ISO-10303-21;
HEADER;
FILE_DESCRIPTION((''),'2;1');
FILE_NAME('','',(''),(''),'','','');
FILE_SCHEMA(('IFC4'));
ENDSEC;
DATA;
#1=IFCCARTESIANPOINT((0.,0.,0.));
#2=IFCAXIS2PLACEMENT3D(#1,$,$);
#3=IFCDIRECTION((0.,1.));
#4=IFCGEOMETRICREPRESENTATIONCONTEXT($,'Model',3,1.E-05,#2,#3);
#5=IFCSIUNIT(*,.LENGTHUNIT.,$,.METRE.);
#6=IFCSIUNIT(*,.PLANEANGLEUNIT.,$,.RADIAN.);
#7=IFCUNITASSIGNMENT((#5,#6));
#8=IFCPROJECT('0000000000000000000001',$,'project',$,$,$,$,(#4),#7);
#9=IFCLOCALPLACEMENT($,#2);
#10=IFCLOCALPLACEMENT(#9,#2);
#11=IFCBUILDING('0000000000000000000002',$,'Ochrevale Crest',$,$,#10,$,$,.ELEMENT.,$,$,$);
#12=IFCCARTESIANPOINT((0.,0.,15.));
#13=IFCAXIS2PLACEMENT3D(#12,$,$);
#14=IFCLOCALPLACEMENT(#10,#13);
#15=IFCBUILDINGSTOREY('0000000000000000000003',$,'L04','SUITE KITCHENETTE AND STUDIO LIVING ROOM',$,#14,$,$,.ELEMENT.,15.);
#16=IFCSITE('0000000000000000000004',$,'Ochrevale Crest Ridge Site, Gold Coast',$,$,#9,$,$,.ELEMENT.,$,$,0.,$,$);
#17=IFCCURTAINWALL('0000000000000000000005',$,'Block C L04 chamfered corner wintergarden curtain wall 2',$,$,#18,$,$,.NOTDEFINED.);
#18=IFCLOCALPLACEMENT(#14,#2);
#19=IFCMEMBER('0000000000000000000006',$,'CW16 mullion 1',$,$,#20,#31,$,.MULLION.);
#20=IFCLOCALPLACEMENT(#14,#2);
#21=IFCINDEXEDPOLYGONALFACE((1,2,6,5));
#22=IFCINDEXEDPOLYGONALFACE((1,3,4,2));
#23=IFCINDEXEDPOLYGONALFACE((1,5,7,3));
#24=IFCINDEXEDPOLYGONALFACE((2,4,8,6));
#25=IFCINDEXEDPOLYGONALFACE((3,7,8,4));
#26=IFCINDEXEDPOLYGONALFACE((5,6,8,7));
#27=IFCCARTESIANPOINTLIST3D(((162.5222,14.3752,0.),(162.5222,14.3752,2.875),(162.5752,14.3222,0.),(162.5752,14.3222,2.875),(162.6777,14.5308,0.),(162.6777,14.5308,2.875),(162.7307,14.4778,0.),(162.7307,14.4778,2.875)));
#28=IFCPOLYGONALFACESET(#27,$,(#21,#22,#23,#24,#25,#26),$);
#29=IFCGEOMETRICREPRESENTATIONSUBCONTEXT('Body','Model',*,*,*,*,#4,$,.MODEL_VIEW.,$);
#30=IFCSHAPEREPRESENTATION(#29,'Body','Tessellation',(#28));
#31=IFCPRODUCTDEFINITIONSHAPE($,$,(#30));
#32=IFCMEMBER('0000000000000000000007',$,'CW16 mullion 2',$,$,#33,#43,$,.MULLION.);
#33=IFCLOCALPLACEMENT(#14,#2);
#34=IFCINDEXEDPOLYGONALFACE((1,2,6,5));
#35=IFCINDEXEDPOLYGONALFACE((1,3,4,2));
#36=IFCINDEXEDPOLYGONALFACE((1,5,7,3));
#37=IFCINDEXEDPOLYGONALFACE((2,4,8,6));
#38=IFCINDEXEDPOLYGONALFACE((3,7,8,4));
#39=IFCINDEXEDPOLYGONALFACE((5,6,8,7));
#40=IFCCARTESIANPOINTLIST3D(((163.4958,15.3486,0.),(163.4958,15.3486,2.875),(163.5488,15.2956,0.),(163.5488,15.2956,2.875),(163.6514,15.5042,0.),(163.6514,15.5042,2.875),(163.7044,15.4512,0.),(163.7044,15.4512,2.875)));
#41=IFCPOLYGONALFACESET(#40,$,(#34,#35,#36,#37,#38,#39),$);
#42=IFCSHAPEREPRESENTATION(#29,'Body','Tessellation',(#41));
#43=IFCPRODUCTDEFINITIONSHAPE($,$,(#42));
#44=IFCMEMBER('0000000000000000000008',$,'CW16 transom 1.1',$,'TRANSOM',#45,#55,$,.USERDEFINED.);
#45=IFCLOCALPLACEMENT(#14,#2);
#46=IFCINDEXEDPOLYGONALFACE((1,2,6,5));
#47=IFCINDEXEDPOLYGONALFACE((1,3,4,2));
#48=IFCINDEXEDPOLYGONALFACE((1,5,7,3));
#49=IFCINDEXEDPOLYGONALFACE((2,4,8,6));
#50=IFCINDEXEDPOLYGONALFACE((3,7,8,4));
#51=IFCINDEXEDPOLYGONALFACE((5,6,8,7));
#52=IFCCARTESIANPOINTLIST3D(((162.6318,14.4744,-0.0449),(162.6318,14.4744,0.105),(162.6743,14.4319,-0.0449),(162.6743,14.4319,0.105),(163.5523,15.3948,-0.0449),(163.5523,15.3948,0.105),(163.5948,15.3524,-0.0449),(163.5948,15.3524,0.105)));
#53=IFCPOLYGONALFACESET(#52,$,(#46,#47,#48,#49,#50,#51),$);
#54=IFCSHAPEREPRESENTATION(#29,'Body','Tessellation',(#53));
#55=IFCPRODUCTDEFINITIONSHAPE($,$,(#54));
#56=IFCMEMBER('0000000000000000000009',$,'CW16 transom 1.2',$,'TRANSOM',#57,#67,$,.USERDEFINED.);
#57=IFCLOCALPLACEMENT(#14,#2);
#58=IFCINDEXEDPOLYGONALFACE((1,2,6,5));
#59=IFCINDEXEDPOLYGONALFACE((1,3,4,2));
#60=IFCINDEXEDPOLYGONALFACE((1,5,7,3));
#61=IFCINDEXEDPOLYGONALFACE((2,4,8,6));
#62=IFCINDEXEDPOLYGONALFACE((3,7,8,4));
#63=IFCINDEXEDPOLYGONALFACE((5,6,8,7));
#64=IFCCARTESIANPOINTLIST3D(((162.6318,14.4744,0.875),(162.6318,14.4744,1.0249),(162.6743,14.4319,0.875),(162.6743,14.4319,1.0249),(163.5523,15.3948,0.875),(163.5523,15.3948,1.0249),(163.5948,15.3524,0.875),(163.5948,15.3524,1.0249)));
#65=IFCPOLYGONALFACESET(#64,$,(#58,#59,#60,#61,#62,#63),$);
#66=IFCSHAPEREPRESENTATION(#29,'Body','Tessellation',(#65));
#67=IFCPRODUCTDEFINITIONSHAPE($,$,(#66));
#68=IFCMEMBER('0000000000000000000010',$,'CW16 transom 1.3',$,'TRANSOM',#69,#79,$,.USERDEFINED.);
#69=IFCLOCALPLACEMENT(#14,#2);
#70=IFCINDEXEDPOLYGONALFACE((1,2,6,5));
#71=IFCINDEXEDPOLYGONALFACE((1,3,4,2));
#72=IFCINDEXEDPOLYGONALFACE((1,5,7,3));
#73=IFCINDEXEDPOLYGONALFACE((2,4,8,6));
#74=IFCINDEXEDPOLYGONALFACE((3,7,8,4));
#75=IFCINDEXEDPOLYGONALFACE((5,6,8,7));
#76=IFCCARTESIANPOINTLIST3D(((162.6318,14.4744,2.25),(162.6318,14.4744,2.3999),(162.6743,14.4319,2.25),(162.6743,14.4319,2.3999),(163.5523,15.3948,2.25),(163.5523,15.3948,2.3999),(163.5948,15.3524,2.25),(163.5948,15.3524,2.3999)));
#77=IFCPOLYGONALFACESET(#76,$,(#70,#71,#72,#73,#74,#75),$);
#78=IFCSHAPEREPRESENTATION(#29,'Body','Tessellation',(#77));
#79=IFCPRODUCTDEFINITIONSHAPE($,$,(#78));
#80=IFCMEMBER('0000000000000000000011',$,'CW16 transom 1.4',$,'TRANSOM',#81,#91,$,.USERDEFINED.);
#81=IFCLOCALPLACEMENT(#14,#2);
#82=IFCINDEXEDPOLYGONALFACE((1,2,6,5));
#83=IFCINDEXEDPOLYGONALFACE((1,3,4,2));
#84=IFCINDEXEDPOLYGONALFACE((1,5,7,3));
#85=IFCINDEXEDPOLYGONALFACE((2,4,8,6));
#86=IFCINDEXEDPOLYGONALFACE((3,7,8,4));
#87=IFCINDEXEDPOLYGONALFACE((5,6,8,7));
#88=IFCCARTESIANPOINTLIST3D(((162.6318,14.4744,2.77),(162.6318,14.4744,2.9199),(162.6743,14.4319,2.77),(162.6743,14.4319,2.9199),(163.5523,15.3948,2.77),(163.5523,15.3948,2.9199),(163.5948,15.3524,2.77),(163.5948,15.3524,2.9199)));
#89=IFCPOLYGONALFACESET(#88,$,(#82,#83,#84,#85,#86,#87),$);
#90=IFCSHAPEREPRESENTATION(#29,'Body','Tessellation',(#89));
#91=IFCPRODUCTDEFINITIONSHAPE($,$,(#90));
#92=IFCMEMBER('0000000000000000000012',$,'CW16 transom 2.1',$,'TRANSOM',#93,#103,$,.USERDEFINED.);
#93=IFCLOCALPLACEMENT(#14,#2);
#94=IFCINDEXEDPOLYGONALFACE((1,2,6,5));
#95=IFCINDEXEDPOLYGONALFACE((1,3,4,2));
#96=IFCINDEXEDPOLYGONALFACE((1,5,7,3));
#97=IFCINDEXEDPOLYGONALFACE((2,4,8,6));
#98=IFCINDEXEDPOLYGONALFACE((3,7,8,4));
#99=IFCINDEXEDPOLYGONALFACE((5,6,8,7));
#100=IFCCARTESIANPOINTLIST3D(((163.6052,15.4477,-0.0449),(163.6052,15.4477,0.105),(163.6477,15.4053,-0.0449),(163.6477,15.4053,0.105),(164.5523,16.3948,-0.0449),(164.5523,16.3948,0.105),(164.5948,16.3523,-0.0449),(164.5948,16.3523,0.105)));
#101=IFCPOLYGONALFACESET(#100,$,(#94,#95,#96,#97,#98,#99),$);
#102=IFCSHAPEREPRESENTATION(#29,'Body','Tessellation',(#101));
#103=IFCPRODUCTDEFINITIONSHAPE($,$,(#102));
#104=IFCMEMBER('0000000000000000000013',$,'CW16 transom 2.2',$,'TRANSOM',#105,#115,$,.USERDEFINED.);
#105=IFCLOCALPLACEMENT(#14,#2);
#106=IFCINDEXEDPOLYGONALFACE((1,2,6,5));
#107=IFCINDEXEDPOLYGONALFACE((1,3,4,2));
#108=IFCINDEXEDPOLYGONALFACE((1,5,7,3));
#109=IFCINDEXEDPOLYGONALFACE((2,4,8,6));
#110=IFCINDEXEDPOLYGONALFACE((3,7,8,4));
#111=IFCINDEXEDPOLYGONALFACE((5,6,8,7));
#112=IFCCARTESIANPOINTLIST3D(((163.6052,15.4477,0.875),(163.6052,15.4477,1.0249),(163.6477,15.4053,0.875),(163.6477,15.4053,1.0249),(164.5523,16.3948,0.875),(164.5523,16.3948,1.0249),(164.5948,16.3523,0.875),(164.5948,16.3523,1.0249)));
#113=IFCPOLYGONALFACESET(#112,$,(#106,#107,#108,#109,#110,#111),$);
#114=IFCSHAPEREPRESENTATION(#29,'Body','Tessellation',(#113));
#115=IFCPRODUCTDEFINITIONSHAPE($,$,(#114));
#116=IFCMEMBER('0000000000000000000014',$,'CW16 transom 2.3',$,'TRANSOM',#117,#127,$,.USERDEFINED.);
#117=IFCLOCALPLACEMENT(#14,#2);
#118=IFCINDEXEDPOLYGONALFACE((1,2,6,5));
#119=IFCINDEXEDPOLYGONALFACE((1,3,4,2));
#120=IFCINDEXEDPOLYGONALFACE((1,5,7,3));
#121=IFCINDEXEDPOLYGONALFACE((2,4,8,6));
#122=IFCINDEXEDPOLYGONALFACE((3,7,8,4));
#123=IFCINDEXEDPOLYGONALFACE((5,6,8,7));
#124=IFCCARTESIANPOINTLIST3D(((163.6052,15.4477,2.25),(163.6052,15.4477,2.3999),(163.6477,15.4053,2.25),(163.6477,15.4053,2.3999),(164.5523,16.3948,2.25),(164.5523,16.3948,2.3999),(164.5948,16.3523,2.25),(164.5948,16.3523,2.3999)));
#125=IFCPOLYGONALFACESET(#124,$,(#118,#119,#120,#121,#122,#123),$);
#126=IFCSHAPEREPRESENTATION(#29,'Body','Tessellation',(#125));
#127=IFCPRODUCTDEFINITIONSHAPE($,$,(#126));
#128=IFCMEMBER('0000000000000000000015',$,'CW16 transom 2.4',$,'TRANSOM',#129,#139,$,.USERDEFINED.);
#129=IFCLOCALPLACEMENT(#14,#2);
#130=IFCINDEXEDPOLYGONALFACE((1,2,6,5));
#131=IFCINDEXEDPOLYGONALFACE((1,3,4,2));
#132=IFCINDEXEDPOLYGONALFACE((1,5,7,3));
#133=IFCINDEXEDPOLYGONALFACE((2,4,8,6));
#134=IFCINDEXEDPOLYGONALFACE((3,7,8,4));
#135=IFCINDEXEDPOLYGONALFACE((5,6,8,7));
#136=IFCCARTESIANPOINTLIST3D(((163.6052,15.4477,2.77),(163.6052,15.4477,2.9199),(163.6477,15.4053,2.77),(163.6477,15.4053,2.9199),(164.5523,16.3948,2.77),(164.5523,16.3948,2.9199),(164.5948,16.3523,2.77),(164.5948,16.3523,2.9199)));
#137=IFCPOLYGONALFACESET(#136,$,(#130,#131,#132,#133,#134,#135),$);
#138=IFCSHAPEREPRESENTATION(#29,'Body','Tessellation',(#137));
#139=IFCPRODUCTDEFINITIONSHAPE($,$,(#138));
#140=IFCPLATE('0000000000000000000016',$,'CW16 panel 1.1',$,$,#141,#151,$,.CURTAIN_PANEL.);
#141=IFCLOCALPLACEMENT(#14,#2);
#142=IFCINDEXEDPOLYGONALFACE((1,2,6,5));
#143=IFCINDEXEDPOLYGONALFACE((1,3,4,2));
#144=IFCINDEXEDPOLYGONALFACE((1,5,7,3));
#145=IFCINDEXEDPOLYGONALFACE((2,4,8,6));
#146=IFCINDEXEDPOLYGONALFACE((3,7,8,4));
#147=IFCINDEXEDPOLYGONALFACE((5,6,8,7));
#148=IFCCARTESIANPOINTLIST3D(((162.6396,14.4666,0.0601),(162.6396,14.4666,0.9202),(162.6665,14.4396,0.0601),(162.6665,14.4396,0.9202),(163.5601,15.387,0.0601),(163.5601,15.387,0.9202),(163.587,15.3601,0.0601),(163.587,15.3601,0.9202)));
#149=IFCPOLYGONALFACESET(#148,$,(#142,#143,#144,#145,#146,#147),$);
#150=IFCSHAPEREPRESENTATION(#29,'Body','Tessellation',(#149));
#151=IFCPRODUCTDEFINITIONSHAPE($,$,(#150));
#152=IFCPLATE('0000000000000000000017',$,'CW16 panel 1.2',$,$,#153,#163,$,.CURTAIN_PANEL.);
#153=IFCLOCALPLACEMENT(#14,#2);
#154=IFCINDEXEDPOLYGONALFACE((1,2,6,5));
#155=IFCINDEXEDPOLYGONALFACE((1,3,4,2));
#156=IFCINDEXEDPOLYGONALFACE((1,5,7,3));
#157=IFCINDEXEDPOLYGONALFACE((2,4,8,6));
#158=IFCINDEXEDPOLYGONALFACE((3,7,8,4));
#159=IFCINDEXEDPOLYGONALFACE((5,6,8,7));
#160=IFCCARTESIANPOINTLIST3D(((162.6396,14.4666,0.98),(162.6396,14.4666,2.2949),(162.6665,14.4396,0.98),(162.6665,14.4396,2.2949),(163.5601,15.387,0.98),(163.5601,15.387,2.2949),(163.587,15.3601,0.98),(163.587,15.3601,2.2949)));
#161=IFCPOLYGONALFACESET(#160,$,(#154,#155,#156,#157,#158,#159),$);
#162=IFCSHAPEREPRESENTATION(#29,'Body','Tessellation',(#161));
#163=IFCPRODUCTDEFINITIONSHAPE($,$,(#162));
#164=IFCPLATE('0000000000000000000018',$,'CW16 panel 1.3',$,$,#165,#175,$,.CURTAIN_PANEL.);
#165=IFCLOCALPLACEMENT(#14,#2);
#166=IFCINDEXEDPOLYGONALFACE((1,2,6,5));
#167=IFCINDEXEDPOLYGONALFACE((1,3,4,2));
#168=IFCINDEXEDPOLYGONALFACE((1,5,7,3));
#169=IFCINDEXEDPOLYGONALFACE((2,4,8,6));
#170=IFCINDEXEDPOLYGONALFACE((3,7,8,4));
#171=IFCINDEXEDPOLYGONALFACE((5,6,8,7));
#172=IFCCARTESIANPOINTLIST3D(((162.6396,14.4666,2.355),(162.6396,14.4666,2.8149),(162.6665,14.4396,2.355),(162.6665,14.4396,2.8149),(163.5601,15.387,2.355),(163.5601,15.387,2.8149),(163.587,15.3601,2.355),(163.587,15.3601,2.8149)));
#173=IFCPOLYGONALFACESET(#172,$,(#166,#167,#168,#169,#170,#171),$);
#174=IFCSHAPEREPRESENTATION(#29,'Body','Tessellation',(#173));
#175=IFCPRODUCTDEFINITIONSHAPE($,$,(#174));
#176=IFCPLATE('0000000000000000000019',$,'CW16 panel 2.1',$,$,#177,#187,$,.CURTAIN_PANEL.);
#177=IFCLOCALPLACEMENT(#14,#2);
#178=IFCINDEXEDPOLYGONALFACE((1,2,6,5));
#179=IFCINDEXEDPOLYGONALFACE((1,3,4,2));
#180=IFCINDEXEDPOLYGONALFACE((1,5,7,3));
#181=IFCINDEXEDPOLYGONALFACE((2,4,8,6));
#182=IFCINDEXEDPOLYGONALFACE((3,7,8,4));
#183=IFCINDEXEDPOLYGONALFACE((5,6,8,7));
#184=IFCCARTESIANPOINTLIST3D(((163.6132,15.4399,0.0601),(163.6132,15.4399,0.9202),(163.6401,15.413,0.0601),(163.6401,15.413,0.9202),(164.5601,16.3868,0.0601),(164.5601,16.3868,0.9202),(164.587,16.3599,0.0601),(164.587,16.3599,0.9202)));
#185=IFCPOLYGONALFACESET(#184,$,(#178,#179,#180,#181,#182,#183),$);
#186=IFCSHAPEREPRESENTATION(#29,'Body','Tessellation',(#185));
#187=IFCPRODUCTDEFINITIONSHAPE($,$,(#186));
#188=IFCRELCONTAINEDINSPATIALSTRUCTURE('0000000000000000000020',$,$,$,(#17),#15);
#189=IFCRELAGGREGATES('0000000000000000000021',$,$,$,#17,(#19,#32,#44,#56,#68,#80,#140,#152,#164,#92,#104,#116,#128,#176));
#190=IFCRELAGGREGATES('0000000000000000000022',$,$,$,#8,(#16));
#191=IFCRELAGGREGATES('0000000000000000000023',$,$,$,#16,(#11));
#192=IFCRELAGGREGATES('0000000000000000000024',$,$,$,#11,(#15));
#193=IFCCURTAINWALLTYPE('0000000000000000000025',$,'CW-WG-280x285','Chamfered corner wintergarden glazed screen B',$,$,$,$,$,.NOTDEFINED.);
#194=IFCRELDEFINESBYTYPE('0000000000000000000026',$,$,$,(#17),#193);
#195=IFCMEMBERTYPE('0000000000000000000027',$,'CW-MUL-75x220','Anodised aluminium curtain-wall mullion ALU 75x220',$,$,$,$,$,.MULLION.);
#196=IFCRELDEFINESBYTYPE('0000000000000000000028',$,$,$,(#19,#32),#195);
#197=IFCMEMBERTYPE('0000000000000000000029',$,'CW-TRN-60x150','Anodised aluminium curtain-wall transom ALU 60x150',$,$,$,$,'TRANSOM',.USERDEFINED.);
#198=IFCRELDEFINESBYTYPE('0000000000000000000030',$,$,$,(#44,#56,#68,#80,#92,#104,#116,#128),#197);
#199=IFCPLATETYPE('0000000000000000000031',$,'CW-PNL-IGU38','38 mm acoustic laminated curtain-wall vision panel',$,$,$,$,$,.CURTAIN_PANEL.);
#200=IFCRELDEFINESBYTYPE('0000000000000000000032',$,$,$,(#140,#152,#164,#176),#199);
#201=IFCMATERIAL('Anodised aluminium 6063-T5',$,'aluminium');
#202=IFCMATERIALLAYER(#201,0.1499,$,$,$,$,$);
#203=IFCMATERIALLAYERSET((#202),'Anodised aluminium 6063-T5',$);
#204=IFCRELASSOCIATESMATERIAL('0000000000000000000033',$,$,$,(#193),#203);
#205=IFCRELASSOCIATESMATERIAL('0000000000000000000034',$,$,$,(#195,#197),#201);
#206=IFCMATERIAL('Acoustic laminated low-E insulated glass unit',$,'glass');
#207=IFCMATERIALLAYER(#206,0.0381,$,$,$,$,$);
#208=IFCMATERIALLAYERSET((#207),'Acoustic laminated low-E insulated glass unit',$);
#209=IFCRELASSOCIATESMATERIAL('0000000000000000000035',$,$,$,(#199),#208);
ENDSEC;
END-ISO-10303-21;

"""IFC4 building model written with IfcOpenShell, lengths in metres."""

from ifc_helpers import new_model, si_unit, direction, frame, origin, origin_2d, place, context, subcontext, project, spatial, rectangle, extrude, material, layer, layer_set, material_profile, profile_set, type_object, element, aggregate, save


model = new_model("IFC4")

# Units and contexts
model_context = context("Model", 3, precision=1e-05, world=origin(), true_north=direction((0.0, 1.0)))
body_context = subcontext(model_context, "Body", "Model", "MODEL_VIEW")
ifc_project = project(units=[si_unit("LENGTHUNIT", "METRE"), si_unit("PLANEANGLEUNIT", "RADIAN")], contexts=[model_context])

# Site, building, storey
site_placement = place(None, origin())
site = spatial("IfcSite", under=ifc_project, at=site_placement, Name="Ochrevale Crest Ridge Site, Gold Coast", CompositionType="ELEMENT", RefElevation=0.0)
building_placement = place(site_placement, origin())
building = spatial("IfcBuilding", under=site, at=building_placement, Name="Ochrevale Crest", CompositionType="ELEMENT")
storey_placement = place(building_placement, frame((0.0, 0.0, 15.0)))
storey = spatial("IfcBuildingStorey", under=building, at=storey_placement, Name="L04", Description="SUITE KITCHENETTE AND STUDIO LIVING ROOM", CompositionType="ELEMENT", Elevation=15.0)

# Curtain wall, members, plates
ifc_material_1 = material(Name="Anodised aluminium 6063-T5", Category="aluminium")
ifc_layer_1 = layer(ifc_material_1, 0.1499)
ifc_layer_set_1 = layer_set([ifc_layer_1], Name="Anodised aluminium 6063-T5")
curtain_wall_type = type_object("IfcCurtainWallType", Name="CW-WG-280x285", Description="Chamfered corner wintergarden glazed screen B", PredefinedType="NOTDEFINED", material=ifc_layer_set_1)
curtain_wall_placement = place(storey_placement, origin())
curtain_wall = element("IfcCurtainWall", 1, at=curtain_wall_placement, inside=storey, type_object=curtain_wall_type, Name="Block C L04 chamfered corner wintergarden curtain wall 2", PredefinedType="NOTDEFINED")
ifc_material_profile_1 = material_profile(ifc_material_1, rectangle(XDim=0.075, YDim=0.22, at=origin_2d()), Name="ALU 75x220")
ifc_profile_set_1 = profile_set([ifc_material_profile_1], Name="Anodised aluminium 6063-T5")
member_type_1 = type_object("IfcMemberType", Name="CW-MUL-75x220", Description="Anodised aluminium curtain-wall mullion ALU 75x220", PredefinedType="MULLION", material=ifc_profile_set_1)
member_1_placement = place(storey_placement, frame((162.6265, 14.4265, 0.0), z_axis=(0.0, 0.0, 1.0), x_axis=(-0.707107, 0.707107, 0.0)))
member_1 = element("IfcMember", 2, at=member_1_placement, type_object=member_type_1, Name="CW16 mullion 1", PredefinedType="MULLION", context=body_context, shape_type="SweptSolid", body=[
    extrude(rectangle(XDim=0.075, YDim=0.22, at=origin_2d()), origin(), (0.0, 0.0, 1.0), 2.875),
])
member_2_placement = place(storey_placement, frame((163.6001, 15.3999, 0.0), z_axis=(0.0, 0.0, 1.0), x_axis=(-0.707107, 0.707107, 0.0)))
member_2 = element("IfcMember", 3, at=member_2_placement, type_object=member_type_1, Name="CW16 mullion 2", PredefinedType="MULLION", context=body_context, shape_type="SweptSolid", body=[
    extrude(rectangle(XDim=0.075, YDim=0.22, at=origin_2d()), origin(), (0.0, 0.0, 1.0), 2.875),
])
ifc_material_profile_2 = material_profile(ifc_material_1, rectangle(XDim=0.0601, YDim=0.1499, at=origin_2d()), Name="ALU 60x150")
ifc_profile_set_2 = profile_set([ifc_material_profile_2], Name="Anodised aluminium 6063-T5")
member_type_2 = type_object("IfcMemberType", Name="CW-TRN-60x150", Description="Anodised aluminium curtain-wall transom ALU 60x150", ElementType="TRANSOM", PredefinedType="USERDEFINED", material=ifc_profile_set_2)
member_3_placement = place(storey_placement, frame((162.6531, 14.4531, 0.03), z_axis=(0.707107, 0.707107, 0.0), x_axis=(-0.707107, 0.707107, 0.0)))
member_3 = element("IfcMember", 4, at=member_3_placement, type_object=member_type_2, Name="CW16 transom 1.1", ObjectType="TRANSOM", PredefinedType="USERDEFINED", context=body_context, shape_type="SweptSolid", body=[
    extrude(rectangle(XDim=0.0601, YDim=0.1499, at=origin_2d()), origin(), (0.0, 0.0, 1.0), 1.3018),
])
member_4_placement = place(storey_placement, frame((162.6531, 14.4531, 0.95), z_axis=(0.707107, 0.707107, 0.0), x_axis=(-0.707107, 0.707107, 0.0)))
member_4 = element("IfcMember", 5, at=member_4_placement, type_object=member_type_2, Name="CW16 transom 1.2", ObjectType="TRANSOM", PredefinedType="USERDEFINED", context=body_context, shape_type="SweptSolid", body=[
    extrude(rectangle(XDim=0.0601, YDim=0.1499, at=origin_2d()), origin(), (0.0, 0.0, 1.0), 1.3018),
])
member_5_placement = place(storey_placement, frame((162.6531, 14.4531, 2.325), z_axis=(0.707107, 0.707107, 0.0), x_axis=(-0.707107, 0.707107, 0.0)))
member_5 = element("IfcMember", 6, at=member_5_placement, type_object=member_type_2, Name="CW16 transom 1.3", ObjectType="TRANSOM", PredefinedType="USERDEFINED", context=body_context, shape_type="SweptSolid", body=[
    extrude(rectangle(XDim=0.0601, YDim=0.1499, at=origin_2d()), origin(), (0.0, 0.0, 1.0), 1.3018),
])
member_6_placement = place(storey_placement, frame((162.6531, 14.4531, 2.845), z_axis=(0.707107, 0.707107, 0.0), x_axis=(-0.707107, 0.707107, 0.0)))
member_6 = element("IfcMember", 7, at=member_6_placement, type_object=member_type_2, Name="CW16 transom 1.4", ObjectType="TRANSOM", PredefinedType="USERDEFINED", context=body_context, shape_type="SweptSolid", body=[
    extrude(rectangle(XDim=0.0601, YDim=0.1499, at=origin_2d()), origin(), (0.0, 0.0, 1.0), 1.3018),
])
member_7_placement = place(storey_placement, frame((163.6265, 15.4265, 0.03), z_axis=(0.707107, 0.707107, 0.0), x_axis=(-0.707107, 0.707107, 0.0)))
member_7 = element("IfcMember", 8, at=member_7_placement, type_object=member_type_2, Name="CW16 transom 2.1", ObjectType="TRANSOM", PredefinedType="USERDEFINED", context=body_context, shape_type="SweptSolid", body=[
    extrude(rectangle(XDim=0.0601, YDim=0.1499, at=origin_2d()), origin(), (0.0, 0.0, 1.0), 1.3394),
])
member_8_placement = place(storey_placement, frame((163.6265, 15.4265, 0.95), z_axis=(0.707107, 0.707107, 0.0), x_axis=(-0.707107, 0.707107, 0.0)))
member_8 = element("IfcMember", 9, at=member_8_placement, type_object=member_type_2, Name="CW16 transom 2.2", ObjectType="TRANSOM", PredefinedType="USERDEFINED", context=body_context, shape_type="SweptSolid", body=[
    extrude(rectangle(XDim=0.0601, YDim=0.1499, at=origin_2d()), origin(), (0.0, 0.0, 1.0), 1.3394),
])
member_9_placement = place(storey_placement, frame((163.6265, 15.4265, 2.325), z_axis=(0.707107, 0.707107, 0.0), x_axis=(-0.707107, 0.707107, 0.0)))
member_9 = element("IfcMember", 10, at=member_9_placement, type_object=member_type_2, Name="CW16 transom 2.3", ObjectType="TRANSOM", PredefinedType="USERDEFINED", context=body_context, shape_type="SweptSolid", body=[
    extrude(rectangle(XDim=0.0601, YDim=0.1499, at=origin_2d()), origin(), (0.0, 0.0, 1.0), 1.3394),
])
member_10_placement = place(storey_placement, frame((163.6265, 15.4265, 2.845), z_axis=(0.707107, 0.707107, 0.0), x_axis=(-0.707107, 0.707107, 0.0)))
member_10 = element("IfcMember", 11, at=member_10_placement, type_object=member_type_2, Name="CW16 transom 2.4", ObjectType="TRANSOM", PredefinedType="USERDEFINED", context=body_context, shape_type="SweptSolid", body=[
    extrude(rectangle(XDim=0.0601, YDim=0.1499, at=origin_2d()), origin(), (0.0, 0.0, 1.0), 1.3394),
])
ifc_material_2 = material(Name="Acoustic laminated low-E insulated glass unit", Category="glass")
ifc_layer_2 = layer(ifc_material_2, 0.0381)
ifc_layer_set_2 = layer_set([ifc_layer_2], Name="Acoustic laminated low-E insulated glass unit")
plate_type_1 = type_object("IfcPlateType", Name="CW-PNL-IGU38", Description="38 mm acoustic laminated curtain-wall vision panel", PredefinedType="CURTAIN_PANEL", material=ifc_layer_set_2)
plate_1_placement = place(storey_placement, frame((163.1133, 14.9133, 0.0601), z_axis=(0.0, 0.0, 1.0), x_axis=(0.707107, 0.707107, 0.0)))
plate_1 = element("IfcPlate", 12, at=plate_1_placement, type_object=plate_type_1, Name="CW16 panel 1.1", PredefinedType="CURTAIN_PANEL", context=body_context, shape_type="SweptSolid", body=[
    extrude(rectangle(XDim=1.3018, YDim=0.0381, at=origin_2d()), origin(), (0.0, 0.0, 1.0), 0.8601),
])
plate_2_placement = place(storey_placement, frame((163.1133, 14.9133, 0.98), z_axis=(0.0, 0.0, 1.0), x_axis=(0.707107, 0.707107, 0.0)))
plate_2 = element("IfcPlate", 13, at=plate_2_placement, type_object=plate_type_1, Name="CW16 panel 1.2", PredefinedType="CURTAIN_PANEL", context=body_context, shape_type="SweptSolid", body=[
    extrude(rectangle(XDim=1.3018, YDim=0.0381, at=origin_2d()), origin(), (0.0, 0.0, 1.0), 1.3149),
])
plate_3_placement = place(storey_placement, frame((163.1133, 14.9133, 2.355), z_axis=(0.0, 0.0, 1.0), x_axis=(0.707107, 0.707107, 0.0)))
plate_3 = element("IfcPlate", 14, at=plate_3_placement, type_object=plate_type_1, Name="CW16 panel 1.3", PredefinedType="CURTAIN_PANEL", context=body_context, shape_type="SweptSolid", body=[
    extrude(rectangle(XDim=1.3018, YDim=0.0381, at=origin_2d()), origin(), (0.0, 0.0, 1.0), 0.46),
])
plate_4_placement = place(storey_placement, frame((164.1001, 15.8999, 0.0601), z_axis=(0.0, 0.0, 1.0), x_axis=(0.707107, 0.707107, 0.0)))
plate_4 = element("IfcPlate", 15, at=plate_4_placement, type_object=plate_type_1, Name="CW16 panel 2.1", PredefinedType="CURTAIN_PANEL", context=body_context, shape_type="SweptSolid", body=[
    extrude(rectangle(XDim=1.3391, YDim=0.0381, at=origin_2d()), origin(), (0.0, 0.0, 1.0), 0.8601),
])
aggregate(curtain_wall, [member_1, member_2, member_3, member_4, member_5, member_6, plate_1, plate_2, plate_3, member_7, member_8, member_9, member_10, plate_4])

save(model, "model.ifc")
